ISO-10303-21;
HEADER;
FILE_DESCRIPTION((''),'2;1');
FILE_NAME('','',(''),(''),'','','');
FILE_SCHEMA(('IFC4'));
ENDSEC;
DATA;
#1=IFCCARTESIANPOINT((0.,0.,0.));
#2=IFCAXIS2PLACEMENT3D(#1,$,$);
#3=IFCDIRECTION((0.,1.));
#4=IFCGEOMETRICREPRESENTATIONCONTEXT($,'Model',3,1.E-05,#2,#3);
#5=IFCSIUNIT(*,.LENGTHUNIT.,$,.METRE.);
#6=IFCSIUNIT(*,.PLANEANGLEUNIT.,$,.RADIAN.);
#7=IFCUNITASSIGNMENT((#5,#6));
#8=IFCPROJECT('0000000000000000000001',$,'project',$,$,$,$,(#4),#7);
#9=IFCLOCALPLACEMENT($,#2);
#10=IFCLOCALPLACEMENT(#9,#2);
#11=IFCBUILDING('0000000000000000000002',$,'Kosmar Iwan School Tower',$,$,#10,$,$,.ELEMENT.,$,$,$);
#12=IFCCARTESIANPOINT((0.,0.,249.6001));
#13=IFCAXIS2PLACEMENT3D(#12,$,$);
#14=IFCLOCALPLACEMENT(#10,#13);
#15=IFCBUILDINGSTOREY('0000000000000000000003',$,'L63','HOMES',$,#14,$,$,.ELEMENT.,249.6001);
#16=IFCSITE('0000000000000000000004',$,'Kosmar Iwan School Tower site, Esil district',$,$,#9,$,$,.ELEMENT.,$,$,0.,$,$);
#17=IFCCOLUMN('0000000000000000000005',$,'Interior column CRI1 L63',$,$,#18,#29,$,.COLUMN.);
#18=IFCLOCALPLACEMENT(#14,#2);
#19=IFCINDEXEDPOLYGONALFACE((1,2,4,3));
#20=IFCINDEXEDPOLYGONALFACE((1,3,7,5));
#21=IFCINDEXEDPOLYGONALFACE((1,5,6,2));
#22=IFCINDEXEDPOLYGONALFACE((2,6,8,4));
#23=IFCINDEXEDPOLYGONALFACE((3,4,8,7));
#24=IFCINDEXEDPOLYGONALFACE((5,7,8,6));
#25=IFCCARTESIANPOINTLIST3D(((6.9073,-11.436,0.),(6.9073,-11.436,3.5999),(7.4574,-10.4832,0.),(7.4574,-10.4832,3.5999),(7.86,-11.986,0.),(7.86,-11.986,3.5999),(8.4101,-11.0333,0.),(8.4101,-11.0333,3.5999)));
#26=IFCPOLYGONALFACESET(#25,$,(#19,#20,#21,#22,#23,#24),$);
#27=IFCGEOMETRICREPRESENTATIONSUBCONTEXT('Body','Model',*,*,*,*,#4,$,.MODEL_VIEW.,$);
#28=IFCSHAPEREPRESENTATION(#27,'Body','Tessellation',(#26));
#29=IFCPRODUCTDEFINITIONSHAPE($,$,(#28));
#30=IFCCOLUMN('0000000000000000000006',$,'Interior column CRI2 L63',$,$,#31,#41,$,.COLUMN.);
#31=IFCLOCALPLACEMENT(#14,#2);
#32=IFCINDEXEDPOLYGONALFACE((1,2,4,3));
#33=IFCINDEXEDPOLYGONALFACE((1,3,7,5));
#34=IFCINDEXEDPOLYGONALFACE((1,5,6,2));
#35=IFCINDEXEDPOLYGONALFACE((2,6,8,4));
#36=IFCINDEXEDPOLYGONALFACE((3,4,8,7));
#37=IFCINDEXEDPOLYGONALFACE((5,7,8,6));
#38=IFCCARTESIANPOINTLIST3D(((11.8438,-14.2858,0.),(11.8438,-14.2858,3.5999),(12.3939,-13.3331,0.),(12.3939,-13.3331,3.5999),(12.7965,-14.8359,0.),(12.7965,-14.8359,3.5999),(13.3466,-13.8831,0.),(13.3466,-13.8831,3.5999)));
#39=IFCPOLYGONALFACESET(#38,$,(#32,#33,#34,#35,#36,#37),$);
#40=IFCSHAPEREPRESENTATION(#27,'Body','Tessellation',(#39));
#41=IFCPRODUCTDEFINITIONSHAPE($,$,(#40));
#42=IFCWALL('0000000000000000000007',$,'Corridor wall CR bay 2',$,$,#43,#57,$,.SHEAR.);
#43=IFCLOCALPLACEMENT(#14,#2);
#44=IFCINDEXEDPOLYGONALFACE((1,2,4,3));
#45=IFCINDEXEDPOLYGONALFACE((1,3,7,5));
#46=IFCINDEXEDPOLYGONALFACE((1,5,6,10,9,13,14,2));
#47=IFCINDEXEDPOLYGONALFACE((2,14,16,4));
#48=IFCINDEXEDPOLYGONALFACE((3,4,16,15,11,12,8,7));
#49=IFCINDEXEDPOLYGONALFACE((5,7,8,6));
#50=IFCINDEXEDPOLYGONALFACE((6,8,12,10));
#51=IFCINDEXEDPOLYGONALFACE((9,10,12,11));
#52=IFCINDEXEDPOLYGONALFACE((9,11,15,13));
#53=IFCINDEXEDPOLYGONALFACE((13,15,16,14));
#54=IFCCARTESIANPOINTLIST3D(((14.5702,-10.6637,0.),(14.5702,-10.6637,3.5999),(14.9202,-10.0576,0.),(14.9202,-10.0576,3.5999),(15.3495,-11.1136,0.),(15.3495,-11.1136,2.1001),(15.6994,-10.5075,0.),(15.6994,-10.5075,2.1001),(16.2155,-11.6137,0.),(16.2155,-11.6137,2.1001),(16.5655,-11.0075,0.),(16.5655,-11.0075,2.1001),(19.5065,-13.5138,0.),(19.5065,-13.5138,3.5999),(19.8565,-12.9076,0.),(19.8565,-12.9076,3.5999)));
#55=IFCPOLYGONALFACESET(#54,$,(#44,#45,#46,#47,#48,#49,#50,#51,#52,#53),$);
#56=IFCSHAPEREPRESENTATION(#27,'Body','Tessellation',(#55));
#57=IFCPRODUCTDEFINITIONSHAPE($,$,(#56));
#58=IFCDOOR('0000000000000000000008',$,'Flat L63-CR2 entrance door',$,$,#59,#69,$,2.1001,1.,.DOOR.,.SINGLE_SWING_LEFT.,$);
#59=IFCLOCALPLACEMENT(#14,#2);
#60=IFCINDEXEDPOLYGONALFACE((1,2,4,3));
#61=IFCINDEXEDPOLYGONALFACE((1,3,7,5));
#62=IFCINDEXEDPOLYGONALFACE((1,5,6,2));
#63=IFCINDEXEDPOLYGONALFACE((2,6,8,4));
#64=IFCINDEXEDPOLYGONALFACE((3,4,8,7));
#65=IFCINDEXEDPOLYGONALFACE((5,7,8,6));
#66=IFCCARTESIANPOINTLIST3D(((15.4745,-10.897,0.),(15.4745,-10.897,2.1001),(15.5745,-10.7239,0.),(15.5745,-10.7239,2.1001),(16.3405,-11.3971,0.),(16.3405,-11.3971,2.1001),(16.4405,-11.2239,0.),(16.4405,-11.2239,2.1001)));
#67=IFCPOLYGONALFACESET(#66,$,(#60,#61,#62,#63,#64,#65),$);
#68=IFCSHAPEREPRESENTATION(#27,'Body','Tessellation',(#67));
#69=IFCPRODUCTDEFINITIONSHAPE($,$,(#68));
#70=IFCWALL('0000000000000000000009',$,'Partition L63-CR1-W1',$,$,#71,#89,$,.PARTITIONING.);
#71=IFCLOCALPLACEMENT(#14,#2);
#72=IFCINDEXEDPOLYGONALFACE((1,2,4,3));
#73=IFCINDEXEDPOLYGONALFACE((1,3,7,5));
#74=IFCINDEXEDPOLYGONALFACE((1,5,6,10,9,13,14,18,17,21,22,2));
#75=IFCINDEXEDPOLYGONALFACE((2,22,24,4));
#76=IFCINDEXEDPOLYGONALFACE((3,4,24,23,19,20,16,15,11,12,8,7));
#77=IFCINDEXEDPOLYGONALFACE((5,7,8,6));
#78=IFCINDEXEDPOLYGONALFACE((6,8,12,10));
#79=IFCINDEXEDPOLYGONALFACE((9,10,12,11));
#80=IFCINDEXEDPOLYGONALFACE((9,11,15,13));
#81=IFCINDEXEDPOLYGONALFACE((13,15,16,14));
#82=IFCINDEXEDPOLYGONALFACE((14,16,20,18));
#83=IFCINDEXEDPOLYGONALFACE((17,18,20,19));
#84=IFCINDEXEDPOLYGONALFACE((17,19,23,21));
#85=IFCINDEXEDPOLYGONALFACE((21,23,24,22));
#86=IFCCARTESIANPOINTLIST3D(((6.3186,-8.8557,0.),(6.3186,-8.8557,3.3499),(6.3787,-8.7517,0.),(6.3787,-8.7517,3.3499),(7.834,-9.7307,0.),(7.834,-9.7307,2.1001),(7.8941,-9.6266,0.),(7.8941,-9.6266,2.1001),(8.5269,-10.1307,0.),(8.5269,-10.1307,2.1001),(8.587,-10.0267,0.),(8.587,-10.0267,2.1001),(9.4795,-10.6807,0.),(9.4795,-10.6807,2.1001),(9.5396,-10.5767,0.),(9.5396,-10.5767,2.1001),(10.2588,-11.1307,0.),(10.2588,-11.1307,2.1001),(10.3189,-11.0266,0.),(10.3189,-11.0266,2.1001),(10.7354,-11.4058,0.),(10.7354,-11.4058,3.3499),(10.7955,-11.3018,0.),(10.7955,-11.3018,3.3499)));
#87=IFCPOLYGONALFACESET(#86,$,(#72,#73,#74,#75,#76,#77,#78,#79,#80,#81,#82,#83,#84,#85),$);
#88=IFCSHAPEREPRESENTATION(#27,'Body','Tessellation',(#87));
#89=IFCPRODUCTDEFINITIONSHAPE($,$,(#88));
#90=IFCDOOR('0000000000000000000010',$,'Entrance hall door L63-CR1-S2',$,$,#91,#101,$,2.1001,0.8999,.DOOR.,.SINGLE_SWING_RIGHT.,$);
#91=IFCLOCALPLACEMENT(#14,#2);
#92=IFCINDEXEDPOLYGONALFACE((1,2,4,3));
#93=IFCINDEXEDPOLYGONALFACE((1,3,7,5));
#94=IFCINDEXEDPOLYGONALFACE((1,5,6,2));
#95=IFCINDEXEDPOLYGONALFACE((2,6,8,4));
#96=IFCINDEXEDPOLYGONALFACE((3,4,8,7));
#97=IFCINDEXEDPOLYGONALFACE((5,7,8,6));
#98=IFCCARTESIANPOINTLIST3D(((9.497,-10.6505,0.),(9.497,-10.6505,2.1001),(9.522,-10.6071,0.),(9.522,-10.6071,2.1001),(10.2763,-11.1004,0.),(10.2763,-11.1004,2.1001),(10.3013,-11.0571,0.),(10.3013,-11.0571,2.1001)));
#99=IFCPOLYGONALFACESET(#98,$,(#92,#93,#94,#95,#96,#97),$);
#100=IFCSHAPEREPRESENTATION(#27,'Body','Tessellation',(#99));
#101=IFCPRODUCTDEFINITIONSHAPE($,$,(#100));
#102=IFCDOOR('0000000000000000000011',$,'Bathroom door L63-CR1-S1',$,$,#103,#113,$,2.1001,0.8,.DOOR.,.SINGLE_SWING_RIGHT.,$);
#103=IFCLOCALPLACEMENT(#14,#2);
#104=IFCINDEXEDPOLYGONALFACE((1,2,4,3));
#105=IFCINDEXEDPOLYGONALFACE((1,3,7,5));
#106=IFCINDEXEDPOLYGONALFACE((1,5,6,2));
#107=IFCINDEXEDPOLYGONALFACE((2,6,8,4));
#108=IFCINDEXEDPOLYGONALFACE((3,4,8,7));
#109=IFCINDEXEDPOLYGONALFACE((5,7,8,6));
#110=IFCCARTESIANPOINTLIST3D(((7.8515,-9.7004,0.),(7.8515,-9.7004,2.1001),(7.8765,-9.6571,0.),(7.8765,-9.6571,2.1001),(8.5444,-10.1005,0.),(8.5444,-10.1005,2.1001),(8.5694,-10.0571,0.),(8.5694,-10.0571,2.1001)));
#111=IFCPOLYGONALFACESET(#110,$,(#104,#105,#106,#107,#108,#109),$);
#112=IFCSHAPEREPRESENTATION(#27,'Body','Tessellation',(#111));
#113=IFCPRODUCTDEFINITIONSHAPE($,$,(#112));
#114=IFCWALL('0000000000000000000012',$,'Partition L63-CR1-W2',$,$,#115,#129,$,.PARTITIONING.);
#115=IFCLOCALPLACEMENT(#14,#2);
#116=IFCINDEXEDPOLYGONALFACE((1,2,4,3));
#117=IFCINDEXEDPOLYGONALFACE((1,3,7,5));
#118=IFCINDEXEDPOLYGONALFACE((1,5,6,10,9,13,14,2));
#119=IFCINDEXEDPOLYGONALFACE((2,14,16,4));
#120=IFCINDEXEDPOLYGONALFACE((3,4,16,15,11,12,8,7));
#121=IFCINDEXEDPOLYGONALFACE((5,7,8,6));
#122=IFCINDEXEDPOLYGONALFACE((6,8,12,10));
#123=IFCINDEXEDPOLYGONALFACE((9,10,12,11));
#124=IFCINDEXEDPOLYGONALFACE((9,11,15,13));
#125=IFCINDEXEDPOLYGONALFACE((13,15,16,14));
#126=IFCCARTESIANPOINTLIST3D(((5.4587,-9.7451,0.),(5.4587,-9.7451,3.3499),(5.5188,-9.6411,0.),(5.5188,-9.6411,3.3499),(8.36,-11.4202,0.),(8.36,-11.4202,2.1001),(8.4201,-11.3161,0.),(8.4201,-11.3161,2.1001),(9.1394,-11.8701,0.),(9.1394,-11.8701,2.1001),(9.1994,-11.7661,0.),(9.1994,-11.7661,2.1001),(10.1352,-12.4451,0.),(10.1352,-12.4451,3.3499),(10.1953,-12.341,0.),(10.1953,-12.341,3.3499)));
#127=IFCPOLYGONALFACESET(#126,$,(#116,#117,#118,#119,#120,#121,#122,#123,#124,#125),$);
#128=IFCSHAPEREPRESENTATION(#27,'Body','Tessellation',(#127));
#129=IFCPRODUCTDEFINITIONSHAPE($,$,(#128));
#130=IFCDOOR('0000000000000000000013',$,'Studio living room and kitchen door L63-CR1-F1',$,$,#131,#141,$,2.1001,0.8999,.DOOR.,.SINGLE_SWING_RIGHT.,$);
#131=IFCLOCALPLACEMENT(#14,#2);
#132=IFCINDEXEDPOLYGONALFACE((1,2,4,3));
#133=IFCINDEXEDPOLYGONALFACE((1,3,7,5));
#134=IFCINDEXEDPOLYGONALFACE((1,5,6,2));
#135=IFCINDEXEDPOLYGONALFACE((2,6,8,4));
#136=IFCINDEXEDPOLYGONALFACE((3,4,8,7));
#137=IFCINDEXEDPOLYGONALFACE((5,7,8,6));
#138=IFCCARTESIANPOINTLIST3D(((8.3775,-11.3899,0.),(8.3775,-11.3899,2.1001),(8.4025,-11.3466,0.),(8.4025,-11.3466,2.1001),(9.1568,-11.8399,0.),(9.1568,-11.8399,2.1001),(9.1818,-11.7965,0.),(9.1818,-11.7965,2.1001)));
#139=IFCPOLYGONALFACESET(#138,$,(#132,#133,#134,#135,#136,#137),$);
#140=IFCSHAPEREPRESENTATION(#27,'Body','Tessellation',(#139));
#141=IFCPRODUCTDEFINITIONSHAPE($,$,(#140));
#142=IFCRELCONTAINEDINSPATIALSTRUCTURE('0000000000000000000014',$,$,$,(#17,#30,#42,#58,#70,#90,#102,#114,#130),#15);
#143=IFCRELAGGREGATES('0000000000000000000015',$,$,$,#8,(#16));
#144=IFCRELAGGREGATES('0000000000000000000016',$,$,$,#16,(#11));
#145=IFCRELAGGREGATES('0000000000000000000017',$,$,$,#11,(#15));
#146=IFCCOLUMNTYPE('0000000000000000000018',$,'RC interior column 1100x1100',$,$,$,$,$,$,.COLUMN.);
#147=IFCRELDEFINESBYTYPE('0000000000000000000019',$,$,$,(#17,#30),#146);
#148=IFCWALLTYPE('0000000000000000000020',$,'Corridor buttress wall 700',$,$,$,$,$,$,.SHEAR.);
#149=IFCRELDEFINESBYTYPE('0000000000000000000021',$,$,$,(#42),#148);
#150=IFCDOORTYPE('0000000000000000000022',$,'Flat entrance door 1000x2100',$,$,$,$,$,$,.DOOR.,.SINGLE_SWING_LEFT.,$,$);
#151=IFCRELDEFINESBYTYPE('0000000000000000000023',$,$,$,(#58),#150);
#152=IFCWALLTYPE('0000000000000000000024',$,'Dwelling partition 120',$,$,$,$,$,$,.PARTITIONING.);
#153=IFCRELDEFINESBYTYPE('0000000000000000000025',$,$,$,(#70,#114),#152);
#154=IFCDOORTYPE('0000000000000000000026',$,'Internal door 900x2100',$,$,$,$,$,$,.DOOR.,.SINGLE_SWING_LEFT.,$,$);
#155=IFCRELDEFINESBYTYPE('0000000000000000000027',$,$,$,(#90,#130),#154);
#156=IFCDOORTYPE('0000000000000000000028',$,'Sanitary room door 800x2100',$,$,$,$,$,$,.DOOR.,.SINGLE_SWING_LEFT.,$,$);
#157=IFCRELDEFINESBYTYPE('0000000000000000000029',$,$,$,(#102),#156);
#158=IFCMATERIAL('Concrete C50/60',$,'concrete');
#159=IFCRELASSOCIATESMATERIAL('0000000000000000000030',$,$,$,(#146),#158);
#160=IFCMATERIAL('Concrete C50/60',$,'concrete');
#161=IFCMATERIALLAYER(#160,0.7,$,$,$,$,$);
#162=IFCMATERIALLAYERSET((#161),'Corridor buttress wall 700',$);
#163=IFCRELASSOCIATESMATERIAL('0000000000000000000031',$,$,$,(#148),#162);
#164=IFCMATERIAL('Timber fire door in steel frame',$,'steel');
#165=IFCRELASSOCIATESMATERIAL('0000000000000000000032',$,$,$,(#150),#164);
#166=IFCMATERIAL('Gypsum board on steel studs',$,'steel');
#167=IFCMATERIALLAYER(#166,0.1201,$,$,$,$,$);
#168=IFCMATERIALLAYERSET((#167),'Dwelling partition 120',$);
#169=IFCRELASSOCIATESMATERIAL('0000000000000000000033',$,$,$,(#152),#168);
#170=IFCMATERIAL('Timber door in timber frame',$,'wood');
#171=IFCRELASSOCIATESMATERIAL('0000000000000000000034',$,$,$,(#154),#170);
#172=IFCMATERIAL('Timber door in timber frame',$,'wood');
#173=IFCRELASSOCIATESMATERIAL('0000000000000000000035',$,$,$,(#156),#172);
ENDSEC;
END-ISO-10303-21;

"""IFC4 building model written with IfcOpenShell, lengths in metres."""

from ifc_helpers import new_model, si_unit, direction, frame, frame_2d, origin, origin_2d, place, context, subcontext, project, spatial, rectangle, extrude, material, layer, layer_set, material_profile, profile_set, type_object, element, fill, save


model = new_model("IFC4")

# Units and contexts
model_context = context("Model", 3, precision=1e-05, world=origin(), true_north=direction((0.0, 1.0)))
body_context = subcontext(model_context, "Body", "Model", "MODEL_VIEW")
ifc_project = project(units=[si_unit("LENGTHUNIT", "METRE"), si_unit("PLANEANGLEUNIT", "RADIAN")], contexts=[model_context])

# Site, building, storey
site_placement = place(None, origin())
site = spatial("IfcSite", under=ifc_project, at=site_placement, Name="Kosmar Iwan School Tower site, Esil district", CompositionType="ELEMENT", RefElevation=0.0)
building_placement = place(site_placement, origin())
building = spatial("IfcBuilding", under=site, at=building_placement, Name="Kosmar Iwan School Tower", CompositionType="ELEMENT")
storey_placement = place(building_placement, frame((0.0, 0.0, 249.6001)))
storey = spatial("IfcBuildingStorey", under=building, at=storey_placement, Name="L63", Description="HOMES", CompositionType="ELEMENT", Elevation=249.6001)

# Columns
ifc_material_1 = material(Name="Concrete C50/60", Category="concrete")
ifc_material_profile = material_profile(ifc_material_1, rectangle(XDim=1.1001, YDim=1.1001, at=origin_2d()), Name="RC 1100x1100")
ifc_profile_set = profile_set([ifc_material_profile], Name="Concrete C50/60")
column_type = type_object("IfcColumnType", Name="RC interior column 1100x1100", PredefinedType="COLUMN", material=ifc_profile_set)
for number, where, z_axis, x_axis, name in (
    (1, (7.6587, -11.2346, 0.0), (0.0, 0.0, 1.0), (0.866025, -0.5, 0.0), "Interior column CRI1 L63"),
    (2, (12.5952, -14.0845, 0.0), (0.0, 0.0, 1.0), (0.866025, -0.5, 0.0), "Interior column CRI2 L63"),
):
    element("IfcColumn", number, at=place(storey_placement, frame(where, z_axis=z_axis, x_axis=x_axis)), inside=storey, type_object=column_type, Name=name, PredefinedType="COLUMN", context=body_context, shape_type="SweptSolid", body=[
        extrude(rectangle(XDim=1.1001, YDim=1.1001, at=origin_2d()), origin(), (0.0, 0.0, 1.0), 3.5999),
    ])

# Wall, opening, door
ifc_material_2 = material(Name="Concrete C50/60", Category="concrete")
ifc_layer_1 = layer(ifc_material_2, 0.7)
ifc_layer_set_1 = layer_set([ifc_layer_1], Name="Corridor buttress wall 700")
wall_type_1 = type_object("IfcWallType", Name="Corridor buttress wall 700", PredefinedType="SHEAR", material=ifc_layer_set_1)
wall_1_placement = place(storey_placement, frame((14.7451, -10.3606, 0.0), z_axis=(0.0, 0.0, 1.0), x_axis=(0.866015, -0.500018, 0.0)))
wall_1 = element("IfcWall", 3, at=wall_1_placement, inside=storey, type_object=wall_type_1, Name="Corridor wall CR bay 2", PredefinedType="SHEAR", context=body_context, shape_type="SweptSolid", body=[
    extrude(rectangle(XDim=5.7, YDim=0.7, at=frame_2d((2.8501, 0.0))), origin(), (0.0, 0.0, 1.0), 3.5999),
])
opening_1_placement = place(wall_1_placement, frame((0.8999, 0.0, 0.0)))
opening_1 = element("IfcOpeningElement", 4, at=opening_1_placement, cuts=wall_1, PredefinedType="OPENING", context=body_context, shape_type="SweptSolid", body=[
    extrude(rectangle(XDim=1.0, YDim=2.1001, at=frame_2d((0.5, 1.05))), frame((0.0, 0.3621, 0.0), z_axis=(0.0, -1.0, 0.0), x_axis=(1.0, 0.0, 0.0)), (0.0, 0.0, 1.0), 0.7239),
])
ifc_material_3 = material(Name="Timber fire door in steel frame", Category="steel")
door_type_1 = type_object("IfcDoorType", Name="Flat entrance door 1000x2100", OperationType="SINGLE_SWING_LEFT", PredefinedType="DOOR", material=ifc_material_3)
door_1_placement = place(opening_1_placement, origin())
door_1 = element("IfcDoor", 5, at=door_1_placement, inside=storey, type_object=door_type_1, Name="Flat L63-CR2 entrance door", OperationType="SINGLE_SWING_LEFT", OverallHeight=2.1001, OverallWidth=1.0, PredefinedType="DOOR", context=body_context, shape_type="SweptSolid", body=[
    extrude(rectangle(XDim=1.0, YDim=2.1001, at=frame_2d((0.5, 1.05))), frame((0.0, 0.1001, 0.0), z_axis=(0.0, -1.0, 0.0), x_axis=(1.0, 0.0, 0.0)), (0.0, 0.0, 1.0), 0.2),
])
fill(opening_1, door_1)

# Wall, openings, doors
ifc_material_4 = material(Name="Gypsum board on steel studs", Category="steel")
ifc_layer_2 = layer(ifc_material_4, 0.1201)
ifc_layer_set_2 = layer_set([ifc_layer_2], Name="Dwelling partition 120")
wall_type_2 = type_object("IfcWallType", Name="Dwelling partition 120", PredefinedType="PARTITIONING", material=ifc_layer_set_2)
wall_2_placement = place(storey_placement, frame((6.3486, -8.8037, 0.0), z_axis=(0.0, 0.0, 1.0), x_axis=(0.866022, -0.500006, 0.0)))
wall_2 = element("IfcWall", 6, at=wall_2_placement, inside=storey, type_object=wall_type_2, Name="Partition L63-CR1-W1", PredefinedType="PARTITIONING", context=body_context, shape_type="SweptSolid", body=[
    extrude(rectangle(XDim=5.1001, YDim=0.1201, at=frame_2d((2.55, 0.0))), origin(), (0.0, 0.0, 1.0), 3.3499),
])
opening_2_placement = place(wall_2_placement, frame((1.75, 0.0, 0.0)))
opening_2 = element("IfcOpeningElement", 7, at=opening_2_placement, cuts=wall_2, PredefinedType="OPENING", context=body_context, shape_type="SweptSolid", body=[
    extrude(rectangle(XDim=0.8, YDim=2.1001, at=frame_2d((0.3999, 1.05))), frame((0.0, 0.072, 0.0), z_axis=(0.0, -1.0, 0.0), x_axis=(1.0, 0.0, 0.0)), (0.0, 0.0, 1.0), 0.144),
])
opening_3_placement = place(wall_2_placement, frame((3.6499, 0.0, 0.0)))
opening_3 = element("IfcOpeningElement", 8, at=opening_3_placement, cuts=wall_2, PredefinedType="OPENING", context=body_context, shape_type="SweptSolid", body=[
    extrude(rectangle(XDim=0.8999, YDim=2.1001, at=frame_2d((0.45, 1.05))), frame((0.0, 0.072, 0.0), z_axis=(0.0, -1.0, 0.0), x_axis=(1.0, 0.0, 0.0)), (0.0, 0.0, 1.0), 0.144),
])
ifc_material_5 = material(Name="Timber door in timber frame", Category="wood")
door_type_2 = type_object("IfcDoorType", Name="Internal door 900x2100", OperationType="SINGLE_SWING_LEFT", PredefinedType="DOOR", material=ifc_material_5)
door_2_placement = place(opening_3_placement, origin())
door_2 = element("IfcDoor", 9, at=door_2_placement, inside=storey, type_object=door_type_2, Name="Entrance hall door L63-CR1-S2", OperationType="SINGLE_SWING_RIGHT", OverallHeight=2.1001, OverallWidth=0.8999, PredefinedType="DOOR", context=body_context, shape_type="SweptSolid", body=[
    extrude(rectangle(XDim=0.8999, YDim=2.1001, at=frame_2d((0.45, 1.05))), frame((0.0, 0.0249, 0.0), z_axis=(0.0, -1.0, 0.0), x_axis=(1.0, 0.0, 0.0)), (0.0, 0.0, 1.0), 0.05),
])
fill(opening_3, door_2)
ifc_material_6 = material(Name="Timber door in timber frame", Category="wood")
door_type_3 = type_object("IfcDoorType", Name="Sanitary room door 800x2100", OperationType="SINGLE_SWING_LEFT", PredefinedType="DOOR", material=ifc_material_6)
door_3_placement = place(opening_2_placement, origin())
door_3 = element("IfcDoor", 10, at=door_3_placement, inside=storey, type_object=door_type_3, Name="Bathroom door L63-CR1-S1", OperationType="SINGLE_SWING_RIGHT", OverallHeight=2.1001, OverallWidth=0.8, PredefinedType="DOOR", context=body_context, shape_type="SweptSolid", body=[
    extrude(rectangle(XDim=0.8, YDim=2.1001, at=frame_2d((0.3999, 1.05))), frame((0.0, 0.0249, 0.0), z_axis=(0.0, -1.0, 0.0), x_axis=(1.0, 0.0, 0.0)), (0.0, 0.0, 1.0), 0.05),
])
fill(opening_2, door_3)

# Wall, opening, door
wall_3_placement = place(storey_placement, frame((5.4888, -9.6931, 0.0), z_axis=(0.0, 0.0, 1.0), x_axis=(0.866028, -0.499995, 0.0)))
wall_3 = element("IfcWall", 11, at=wall_3_placement, inside=storey, type_object=wall_type_2, Name="Partition L63-CR1-W2", PredefinedType="PARTITIONING", context=body_context, shape_type="SweptSolid", body=[
    extrude(rectangle(XDim=5.3999, YDim=0.1201, at=frame_2d((2.7, 0.0))), origin(), (0.0, 0.0, 1.0), 3.3499),
])
opening_4_placement = place(wall_3_placement, frame((3.3501, 0.0, 0.0)))
opening_4 = element("IfcOpeningElement", 12, at=opening_4_placement, cuts=wall_3, PredefinedType="OPENING", context=body_context, shape_type="SweptSolid", body=[
    extrude(rectangle(XDim=0.8999, YDim=2.1001, at=frame_2d((0.45, 1.05))), frame((0.0, 0.072, 0.0), z_axis=(0.0, -1.0, 0.0), x_axis=(1.0, 0.0, 0.0)), (0.0, 0.0, 1.0), 0.144),
])
door_4_placement = place(opening_4_placement, origin())
door_4 = element("IfcDoor", 13, at=door_4_placement, inside=storey, type_object=door_type_2, Name="Studio living room and kitchen door L63-CR1-F1", OperationType="SINGLE_SWING_RIGHT", OverallHeight=2.1001, OverallWidth=0.8999, PredefinedType="DOOR", context=body_context, shape_type="SweptSolid", body=[
    extrude(rectangle(XDim=0.8999, YDim=2.1001, at=frame_2d((0.45, 1.05))), frame((0.0, 0.0249, 0.0), z_axis=(0.0, -1.0, 0.0), x_axis=(1.0, 0.0, 0.0)), (0.0, 0.0, 1.0), 0.05),
])
fill(opening_4, door_4)

save(model, "model.ifc")
